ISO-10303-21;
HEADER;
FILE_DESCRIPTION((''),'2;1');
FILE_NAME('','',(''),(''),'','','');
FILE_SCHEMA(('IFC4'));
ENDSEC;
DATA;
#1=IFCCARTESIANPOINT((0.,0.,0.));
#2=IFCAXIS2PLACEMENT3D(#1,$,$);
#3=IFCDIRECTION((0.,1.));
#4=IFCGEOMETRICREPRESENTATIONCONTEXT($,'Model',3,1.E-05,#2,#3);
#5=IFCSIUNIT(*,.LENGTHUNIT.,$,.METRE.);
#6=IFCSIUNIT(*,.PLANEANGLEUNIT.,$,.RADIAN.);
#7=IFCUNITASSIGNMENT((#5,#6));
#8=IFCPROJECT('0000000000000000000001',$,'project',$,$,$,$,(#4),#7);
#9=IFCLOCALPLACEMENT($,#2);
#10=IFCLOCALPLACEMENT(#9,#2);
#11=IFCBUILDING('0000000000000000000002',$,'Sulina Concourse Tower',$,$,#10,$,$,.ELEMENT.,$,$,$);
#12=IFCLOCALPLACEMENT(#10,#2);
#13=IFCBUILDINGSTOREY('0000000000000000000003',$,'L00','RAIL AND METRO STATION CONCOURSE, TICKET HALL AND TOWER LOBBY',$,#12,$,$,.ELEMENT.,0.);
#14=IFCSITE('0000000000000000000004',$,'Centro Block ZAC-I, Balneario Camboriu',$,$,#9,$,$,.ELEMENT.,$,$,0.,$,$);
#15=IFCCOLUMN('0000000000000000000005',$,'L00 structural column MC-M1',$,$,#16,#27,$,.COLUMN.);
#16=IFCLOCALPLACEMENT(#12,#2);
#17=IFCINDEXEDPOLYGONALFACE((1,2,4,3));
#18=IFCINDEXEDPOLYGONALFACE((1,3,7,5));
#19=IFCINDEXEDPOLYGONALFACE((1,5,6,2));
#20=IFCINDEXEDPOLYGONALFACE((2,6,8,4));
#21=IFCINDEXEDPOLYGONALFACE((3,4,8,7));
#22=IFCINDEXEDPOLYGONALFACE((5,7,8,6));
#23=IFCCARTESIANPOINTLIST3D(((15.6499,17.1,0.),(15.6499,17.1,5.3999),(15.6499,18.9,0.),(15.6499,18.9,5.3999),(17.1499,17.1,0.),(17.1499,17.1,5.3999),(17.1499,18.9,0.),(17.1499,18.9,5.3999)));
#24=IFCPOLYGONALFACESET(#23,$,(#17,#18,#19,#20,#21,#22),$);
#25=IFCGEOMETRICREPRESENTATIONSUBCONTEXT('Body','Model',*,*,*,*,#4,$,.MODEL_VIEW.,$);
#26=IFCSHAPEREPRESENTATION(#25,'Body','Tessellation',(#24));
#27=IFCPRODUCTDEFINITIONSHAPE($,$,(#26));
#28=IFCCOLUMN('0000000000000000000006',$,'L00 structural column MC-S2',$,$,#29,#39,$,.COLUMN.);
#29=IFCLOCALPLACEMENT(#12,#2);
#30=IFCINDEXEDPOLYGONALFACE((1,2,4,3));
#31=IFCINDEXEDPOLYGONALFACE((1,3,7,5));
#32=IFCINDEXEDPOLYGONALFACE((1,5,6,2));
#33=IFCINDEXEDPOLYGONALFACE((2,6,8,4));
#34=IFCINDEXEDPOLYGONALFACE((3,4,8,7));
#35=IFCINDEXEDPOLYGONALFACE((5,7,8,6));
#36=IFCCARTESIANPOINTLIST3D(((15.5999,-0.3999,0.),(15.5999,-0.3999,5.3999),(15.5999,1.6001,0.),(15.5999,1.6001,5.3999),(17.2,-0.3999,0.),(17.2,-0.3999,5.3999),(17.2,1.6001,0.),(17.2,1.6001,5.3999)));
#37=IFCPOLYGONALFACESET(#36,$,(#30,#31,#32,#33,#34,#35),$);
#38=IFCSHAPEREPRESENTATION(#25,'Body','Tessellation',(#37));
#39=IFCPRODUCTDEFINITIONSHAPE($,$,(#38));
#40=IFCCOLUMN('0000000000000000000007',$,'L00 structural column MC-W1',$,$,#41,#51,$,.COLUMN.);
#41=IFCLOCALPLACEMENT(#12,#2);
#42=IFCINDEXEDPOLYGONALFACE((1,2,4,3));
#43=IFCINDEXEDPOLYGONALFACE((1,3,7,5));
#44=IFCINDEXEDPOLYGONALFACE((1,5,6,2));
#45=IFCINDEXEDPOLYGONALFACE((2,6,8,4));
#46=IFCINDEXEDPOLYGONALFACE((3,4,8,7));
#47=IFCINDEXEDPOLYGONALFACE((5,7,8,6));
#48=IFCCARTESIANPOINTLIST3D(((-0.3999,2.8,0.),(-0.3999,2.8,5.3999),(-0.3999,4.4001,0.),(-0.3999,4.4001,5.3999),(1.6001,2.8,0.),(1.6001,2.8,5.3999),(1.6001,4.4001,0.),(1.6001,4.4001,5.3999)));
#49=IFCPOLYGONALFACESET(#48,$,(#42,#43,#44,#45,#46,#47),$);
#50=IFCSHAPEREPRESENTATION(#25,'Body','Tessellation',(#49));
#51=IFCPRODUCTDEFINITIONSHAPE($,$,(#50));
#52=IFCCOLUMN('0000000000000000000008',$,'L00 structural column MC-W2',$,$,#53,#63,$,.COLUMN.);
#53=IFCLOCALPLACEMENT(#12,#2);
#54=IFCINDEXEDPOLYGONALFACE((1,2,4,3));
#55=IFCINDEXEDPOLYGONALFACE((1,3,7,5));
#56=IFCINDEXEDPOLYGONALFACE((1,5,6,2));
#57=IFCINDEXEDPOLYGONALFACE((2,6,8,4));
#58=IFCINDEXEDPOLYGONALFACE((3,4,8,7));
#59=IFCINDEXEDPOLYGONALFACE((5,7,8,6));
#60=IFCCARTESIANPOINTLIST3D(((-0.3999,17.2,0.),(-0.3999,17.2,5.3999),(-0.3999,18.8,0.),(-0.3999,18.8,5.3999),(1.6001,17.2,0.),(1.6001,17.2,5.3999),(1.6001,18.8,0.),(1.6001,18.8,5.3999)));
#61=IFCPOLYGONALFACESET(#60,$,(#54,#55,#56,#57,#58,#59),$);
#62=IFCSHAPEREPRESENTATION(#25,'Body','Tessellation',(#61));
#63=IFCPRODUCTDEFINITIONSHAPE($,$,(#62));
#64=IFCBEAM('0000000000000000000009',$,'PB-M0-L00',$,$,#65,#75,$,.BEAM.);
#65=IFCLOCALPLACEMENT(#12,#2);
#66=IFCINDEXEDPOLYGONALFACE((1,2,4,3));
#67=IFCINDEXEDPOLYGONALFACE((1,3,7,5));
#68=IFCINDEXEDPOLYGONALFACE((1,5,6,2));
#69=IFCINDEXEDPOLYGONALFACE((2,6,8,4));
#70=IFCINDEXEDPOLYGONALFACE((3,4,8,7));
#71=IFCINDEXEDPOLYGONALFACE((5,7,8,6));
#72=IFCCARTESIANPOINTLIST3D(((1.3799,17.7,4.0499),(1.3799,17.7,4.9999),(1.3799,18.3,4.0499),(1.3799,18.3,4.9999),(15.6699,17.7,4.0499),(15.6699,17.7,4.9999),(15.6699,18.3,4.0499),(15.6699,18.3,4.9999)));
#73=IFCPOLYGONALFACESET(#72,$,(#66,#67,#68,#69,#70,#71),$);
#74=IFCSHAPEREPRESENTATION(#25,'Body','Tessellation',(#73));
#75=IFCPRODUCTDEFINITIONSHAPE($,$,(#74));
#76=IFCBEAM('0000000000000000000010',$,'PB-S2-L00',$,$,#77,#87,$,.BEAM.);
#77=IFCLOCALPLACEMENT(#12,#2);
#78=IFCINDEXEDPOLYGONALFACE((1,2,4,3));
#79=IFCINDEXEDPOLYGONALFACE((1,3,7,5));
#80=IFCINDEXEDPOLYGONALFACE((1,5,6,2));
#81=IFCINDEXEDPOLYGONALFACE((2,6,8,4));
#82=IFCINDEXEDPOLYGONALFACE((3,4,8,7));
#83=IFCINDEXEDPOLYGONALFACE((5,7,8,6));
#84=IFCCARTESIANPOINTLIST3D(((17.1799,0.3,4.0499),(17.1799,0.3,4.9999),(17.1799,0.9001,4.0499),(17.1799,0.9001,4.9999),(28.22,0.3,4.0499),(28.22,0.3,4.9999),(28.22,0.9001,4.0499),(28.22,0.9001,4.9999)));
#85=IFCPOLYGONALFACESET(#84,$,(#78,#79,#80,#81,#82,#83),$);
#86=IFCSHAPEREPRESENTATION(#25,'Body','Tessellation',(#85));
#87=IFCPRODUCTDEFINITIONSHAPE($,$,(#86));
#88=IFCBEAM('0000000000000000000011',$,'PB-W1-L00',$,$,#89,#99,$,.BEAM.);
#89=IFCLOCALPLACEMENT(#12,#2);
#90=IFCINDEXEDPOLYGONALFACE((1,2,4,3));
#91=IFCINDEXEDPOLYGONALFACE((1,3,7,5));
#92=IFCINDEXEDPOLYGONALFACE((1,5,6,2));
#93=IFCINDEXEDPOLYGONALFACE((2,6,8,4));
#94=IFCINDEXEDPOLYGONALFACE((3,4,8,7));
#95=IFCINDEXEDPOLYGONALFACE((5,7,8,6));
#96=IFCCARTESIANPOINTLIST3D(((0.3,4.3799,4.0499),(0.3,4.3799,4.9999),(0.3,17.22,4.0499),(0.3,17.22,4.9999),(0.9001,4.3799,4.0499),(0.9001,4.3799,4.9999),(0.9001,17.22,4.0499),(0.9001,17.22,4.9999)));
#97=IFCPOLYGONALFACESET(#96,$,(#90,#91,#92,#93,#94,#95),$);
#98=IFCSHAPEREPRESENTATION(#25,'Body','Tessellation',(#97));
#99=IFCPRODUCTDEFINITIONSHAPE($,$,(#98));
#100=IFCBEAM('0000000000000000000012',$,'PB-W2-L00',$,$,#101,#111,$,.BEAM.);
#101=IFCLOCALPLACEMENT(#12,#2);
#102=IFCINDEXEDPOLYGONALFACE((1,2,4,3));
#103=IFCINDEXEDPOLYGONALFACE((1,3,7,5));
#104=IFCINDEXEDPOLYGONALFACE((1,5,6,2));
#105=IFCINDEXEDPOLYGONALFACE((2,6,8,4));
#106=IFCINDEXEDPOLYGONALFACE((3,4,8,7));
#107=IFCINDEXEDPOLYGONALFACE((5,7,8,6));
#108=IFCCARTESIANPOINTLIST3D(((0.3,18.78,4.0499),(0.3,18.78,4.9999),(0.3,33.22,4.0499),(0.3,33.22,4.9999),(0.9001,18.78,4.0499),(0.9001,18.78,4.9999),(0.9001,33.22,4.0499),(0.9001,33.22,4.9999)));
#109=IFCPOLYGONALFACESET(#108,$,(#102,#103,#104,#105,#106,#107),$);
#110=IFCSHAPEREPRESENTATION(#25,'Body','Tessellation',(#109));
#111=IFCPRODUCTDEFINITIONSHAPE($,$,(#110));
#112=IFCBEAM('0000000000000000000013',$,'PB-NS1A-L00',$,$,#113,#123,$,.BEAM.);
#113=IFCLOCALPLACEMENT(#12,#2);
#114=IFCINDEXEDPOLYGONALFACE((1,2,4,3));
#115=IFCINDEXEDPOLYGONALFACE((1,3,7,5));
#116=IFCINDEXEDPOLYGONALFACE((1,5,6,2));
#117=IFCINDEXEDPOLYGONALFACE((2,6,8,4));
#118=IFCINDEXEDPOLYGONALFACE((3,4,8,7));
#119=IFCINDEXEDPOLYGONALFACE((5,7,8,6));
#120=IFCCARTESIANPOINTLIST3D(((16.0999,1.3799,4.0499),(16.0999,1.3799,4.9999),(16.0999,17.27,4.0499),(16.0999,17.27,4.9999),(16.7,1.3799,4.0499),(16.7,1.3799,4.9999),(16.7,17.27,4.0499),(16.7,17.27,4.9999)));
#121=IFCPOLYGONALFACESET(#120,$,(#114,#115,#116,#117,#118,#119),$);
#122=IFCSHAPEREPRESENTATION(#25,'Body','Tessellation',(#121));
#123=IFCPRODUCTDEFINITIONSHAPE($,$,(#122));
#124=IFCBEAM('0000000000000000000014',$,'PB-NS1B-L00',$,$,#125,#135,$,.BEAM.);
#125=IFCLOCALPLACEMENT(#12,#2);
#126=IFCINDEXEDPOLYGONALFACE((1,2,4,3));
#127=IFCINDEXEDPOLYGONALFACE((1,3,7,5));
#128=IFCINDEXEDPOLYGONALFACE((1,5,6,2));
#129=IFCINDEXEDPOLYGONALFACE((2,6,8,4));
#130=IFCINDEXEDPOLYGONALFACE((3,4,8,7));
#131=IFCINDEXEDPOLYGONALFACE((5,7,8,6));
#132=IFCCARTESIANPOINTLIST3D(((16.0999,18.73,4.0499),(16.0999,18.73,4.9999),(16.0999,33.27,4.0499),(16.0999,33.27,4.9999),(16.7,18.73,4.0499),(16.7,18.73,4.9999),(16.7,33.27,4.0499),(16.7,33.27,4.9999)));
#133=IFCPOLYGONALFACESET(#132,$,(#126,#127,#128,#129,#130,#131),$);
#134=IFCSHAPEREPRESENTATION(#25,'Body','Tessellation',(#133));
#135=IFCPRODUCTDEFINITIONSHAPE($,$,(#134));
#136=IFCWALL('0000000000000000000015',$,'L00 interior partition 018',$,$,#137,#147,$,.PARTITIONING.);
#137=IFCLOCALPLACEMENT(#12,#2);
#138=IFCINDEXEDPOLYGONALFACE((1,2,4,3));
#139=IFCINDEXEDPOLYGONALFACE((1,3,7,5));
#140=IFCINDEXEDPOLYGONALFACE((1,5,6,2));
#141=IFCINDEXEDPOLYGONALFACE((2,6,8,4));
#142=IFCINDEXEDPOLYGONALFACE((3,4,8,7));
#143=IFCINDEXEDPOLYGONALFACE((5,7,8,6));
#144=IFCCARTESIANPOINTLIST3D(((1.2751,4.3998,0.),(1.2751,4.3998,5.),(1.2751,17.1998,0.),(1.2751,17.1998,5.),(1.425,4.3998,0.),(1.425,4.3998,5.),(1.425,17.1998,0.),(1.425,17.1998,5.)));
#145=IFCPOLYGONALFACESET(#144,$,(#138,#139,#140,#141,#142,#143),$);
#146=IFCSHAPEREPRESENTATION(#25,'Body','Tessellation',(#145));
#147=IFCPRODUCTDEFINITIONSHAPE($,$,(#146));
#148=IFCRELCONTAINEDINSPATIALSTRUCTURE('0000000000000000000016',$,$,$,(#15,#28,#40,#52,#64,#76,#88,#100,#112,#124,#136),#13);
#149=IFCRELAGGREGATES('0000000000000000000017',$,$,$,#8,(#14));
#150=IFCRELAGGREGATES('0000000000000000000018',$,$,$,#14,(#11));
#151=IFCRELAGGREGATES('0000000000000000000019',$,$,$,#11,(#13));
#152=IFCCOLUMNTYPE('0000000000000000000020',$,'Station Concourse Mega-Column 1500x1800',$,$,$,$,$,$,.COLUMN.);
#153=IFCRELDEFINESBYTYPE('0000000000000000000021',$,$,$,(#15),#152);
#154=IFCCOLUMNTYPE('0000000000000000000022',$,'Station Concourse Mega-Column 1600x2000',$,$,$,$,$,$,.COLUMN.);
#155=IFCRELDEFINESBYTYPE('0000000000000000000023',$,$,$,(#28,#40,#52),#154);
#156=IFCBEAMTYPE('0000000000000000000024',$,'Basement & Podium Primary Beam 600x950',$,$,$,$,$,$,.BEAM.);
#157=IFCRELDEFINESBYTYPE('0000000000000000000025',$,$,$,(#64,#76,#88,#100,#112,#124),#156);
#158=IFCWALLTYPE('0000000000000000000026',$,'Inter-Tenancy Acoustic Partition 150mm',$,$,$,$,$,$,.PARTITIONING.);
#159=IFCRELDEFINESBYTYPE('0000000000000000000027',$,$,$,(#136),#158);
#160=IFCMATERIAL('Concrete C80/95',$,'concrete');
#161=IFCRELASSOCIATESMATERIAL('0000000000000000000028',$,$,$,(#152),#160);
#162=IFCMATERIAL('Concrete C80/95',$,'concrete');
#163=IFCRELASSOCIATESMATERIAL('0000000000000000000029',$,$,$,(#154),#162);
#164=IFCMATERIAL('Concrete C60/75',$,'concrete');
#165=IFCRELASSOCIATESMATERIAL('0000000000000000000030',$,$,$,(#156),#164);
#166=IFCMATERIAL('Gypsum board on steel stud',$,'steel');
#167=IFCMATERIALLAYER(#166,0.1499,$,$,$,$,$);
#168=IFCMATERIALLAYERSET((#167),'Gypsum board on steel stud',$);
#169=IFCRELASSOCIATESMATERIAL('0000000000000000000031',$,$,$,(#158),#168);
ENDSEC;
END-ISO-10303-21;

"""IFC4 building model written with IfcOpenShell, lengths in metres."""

from ifc_helpers import new_model, si_unit, direction, frame, frame_2d, origin, origin_2d, place, context, subcontext, project, spatial, rectangle, extrude, material, layer, layer_set, material_profile, profile_set, type_object, element, save


model = new_model("IFC4")

# Units and contexts
model_context = context("Model", 3, precision=1e-05, world=origin(), true_north=direction((0.0, 1.0)))
body_context = subcontext(model_context, "Body", "Model", "MODEL_VIEW")
ifc_project = project(units=[si_unit("LENGTHUNIT", "METRE"), si_unit("PLANEANGLEUNIT", "RADIAN")], contexts=[model_context])

# Site, building, storey
site_placement = place(None, origin())
site = spatial("IfcSite", under=ifc_project, at=site_placement, Name="Centro Block ZAC-I, Balneario Camboriu", CompositionType="ELEMENT", RefElevation=0.0)
building_placement = place(site_placement, origin())
building = spatial("IfcBuilding", under=site, at=building_placement, Name="Sulina Concourse Tower", CompositionType="ELEMENT")
storey_placement = place(building_placement, origin())
storey = spatial("IfcBuildingStorey", under=building, at=storey_placement, Name="L00", Description="RAIL AND METRO STATION CONCOURSE, TICKET HALL AND TOWER LOBBY", CompositionType="ELEMENT", Elevation=0.0)

# Columns
ifc_material_1 = material(Name="Concrete C80/95", Category="concrete")
ifc_material_profile_1 = material_profile(ifc_material_1, rectangle(XDim=1.5, YDim=1.8, at=origin_2d()), Name="RC 1500x1800")
ifc_profile_set_1 = profile_set([ifc_material_profile_1], Name="Concrete C80/95")
column_type_1 = type_object("IfcColumnType", Name="Station Concourse Mega-Column 1500x1800", PredefinedType="COLUMN", material=ifc_profile_set_1)
column_placement = place(storey_placement, frame((16.3999, 18.0, 0.0), z_axis=(0.0, 0.0, 1.0), x_axis=(1.0, 0.0, 0.0)))
element("IfcColumn", 1, at=column_placement, inside=storey, type_object=column_type_1, Name="L00 structural column MC-M1", PredefinedType="COLUMN", context=body_context, shape_type="SweptSolid", body=[
    extrude(rectangle(XDim=1.5, YDim=1.8, at=origin_2d()), origin(), (0.0, 0.0, 1.0), 5.3999),
])
ifc_material_2 = material(Name="Concrete C80/95", Category="concrete")
ifc_material_profile_2 = material_profile(ifc_material_2, rectangle(XDim=1.6001, YDim=2.0, at=origin_2d()), Name="RC 1600x2000")
ifc_profile_set_2 = profile_set([ifc_material_profile_2], Name="Concrete C80/95")
column_type_2 = type_object("IfcColumnType", Name="Station Concourse Mega-Column 1600x2000", PredefinedType="COLUMN", material=ifc_profile_set_2)
for number, where, z_axis, x_axis, name in (
    (2, (16.3999, 0.6001, 0.0), (0.0, 0.0, 1.0), (1.0, 0.0, 0.0), "L00 structural column MC-S2"),
    (3, (0.6001, 3.6001, 0.0), (0.0, 0.0, 1.0), (0.0, 1.0, 0.0), "L00 structural column MC-W1"),
    (4, (0.6001, 18.0, 0.0), (0.0, 0.0, 1.0), (0.0, 1.0, 0.0), "L00 structural column MC-W2"),
):
    element("IfcColumn", number, at=place(storey_placement, frame(where, z_axis=z_axis, x_axis=x_axis)), inside=storey, type_object=column_type_2, Name=name, PredefinedType="COLUMN", context=body_context, shape_type="SweptSolid", body=[
        extrude(rectangle(XDim=1.6001, YDim=2.0, at=origin_2d()), origin(), (0.0, 0.0, 1.0), 5.3999),
    ])

# Beams
ifc_material_3 = material(Name="Concrete C60/75", Category="concrete")
ifc_material_profile_3 = material_profile(ifc_material_3, rectangle(XDim=0.6001, YDim=0.95, at=origin_2d()), Name="RC 600x950")
ifc_profile_set_3 = profile_set([ifc_material_profile_3], Name="Concrete C60/75")
beam_type = type_object("IfcBeamType", Name="Basement & Podium Primary Beam 600x950", PredefinedType="BEAM", material=ifc_profile_set_3)
beam_1_placement = place(storey_placement, frame((1.3799, 18.0, 4.5249), z_axis=(1.0, 0.0, 0.0), x_axis=(0.0, 1.0, 0.0)))
element("IfcBeam", 5, at=beam_1_placement, inside=storey, type_object=beam_type, Name="PB-M0-L00", PredefinedType="BEAM", context=body_context, shape_type="SweptSolid", body=[
    extrude(rectangle(XDim=0.6001, YDim=0.95, at=origin_2d()), origin(), (0.0, 0.0, 1.0), 14.29),
])
beam_2_placement = place(storey_placement, frame((17.1799, 0.6001, 4.5249), z_axis=(1.0, 0.0, 0.0), x_axis=(0.0, 1.0, 0.0)))
element("IfcBeam", 6, at=beam_2_placement, inside=storey, type_object=beam_type, Name="PB-S2-L00", PredefinedType="BEAM", context=body_context, shape_type="SweptSolid", body=[
    extrude(rectangle(XDim=0.6001, YDim=0.95, at=origin_2d()), origin(), (0.0, 0.0, 1.0), 11.04),
])
beam_3_placement = place(storey_placement, frame((0.6001, 4.3799, 4.5249), z_axis=(0.0, 1.0, 0.0), x_axis=(-1.0, 0.0, 0.0)))
element("IfcBeam", 7, at=beam_3_placement, inside=storey, type_object=beam_type, Name="PB-W1-L00", PredefinedType="BEAM", context=body_context, shape_type="SweptSolid", body=[
    extrude(rectangle(XDim=0.6001, YDim=0.95, at=origin_2d()), origin(), (0.0, 0.0, 1.0), 12.8401),
])
beam_4_placement = place(storey_placement, frame((0.6001, 18.78, 4.5249), z_axis=(0.0, 1.0, 0.0), x_axis=(-1.0, 0.0, 0.0)))
element("IfcBeam", 8, at=beam_4_placement, inside=storey, type_object=beam_type, Name="PB-W2-L00", PredefinedType="BEAM", context=body_context, shape_type="SweptSolid", body=[
    extrude(rectangle(XDim=0.6001, YDim=0.95, at=origin_2d()), origin(), (0.0, 0.0, 1.0), 14.4399),
])
beam_5_placement = place(storey_placement, frame((16.3999, 1.3799, 4.5249), z_axis=(0.0, 1.0, 0.0), x_axis=(-1.0, 0.0, 0.0)))
element("IfcBeam", 9, at=beam_5_placement, inside=storey, type_object=beam_type, Name="PB-NS1A-L00", PredefinedType="BEAM", context=body_context, shape_type="SweptSolid", body=[
    extrude(rectangle(XDim=0.6001, YDim=0.95, at=origin_2d()), origin(), (0.0, 0.0, 1.0), 15.8901),
])
beam_6_placement = place(storey_placement, frame((16.3999, 18.73, 4.5249), z_axis=(0.0, 1.0, 0.0), x_axis=(-1.0, 0.0, 0.0)))
element("IfcBeam", 10, at=beam_6_placement, inside=storey, type_object=beam_type, Name="PB-NS1B-L00", PredefinedType="BEAM", context=body_context, shape_type="SweptSolid", body=[
    extrude(rectangle(XDim=0.6001, YDim=0.95, at=origin_2d()), origin(), (0.0, 0.0, 1.0), 14.54),
])

# Wall
ifc_material_4 = material(Name="Gypsum board on steel stud", Category="steel")
ifc_layer_1 = layer(ifc_material_4, 0.1499)
ifc_layer_set_1 = layer_set([ifc_layer_1], Name="Gypsum board on steel stud")
wall_type_1 = type_object("IfcWallType", Name="Inter-Tenancy Acoustic Partition 150mm", PredefinedType="PARTITIONING", material=ifc_layer_set_1)
wall_1_placement = place(storey_placement, frame((1.3501, 4.3999, 0.0), z_axis=(0.0, 0.0, 1.0), x_axis=(0.0, 1.0, 0.0)))
element("IfcWall", 11, at=wall_1_placement, inside=storey, type_object=wall_type_1, Name="L00 interior partition 018", PredefinedType="PARTITIONING", context=body_context, shape_type="SweptSolid", body=[
    extrude(rectangle(XDim=12.8, YDim=0.1499, at=frame_2d((6.3999, 0.0))), origin(), (0.0, 0.0, 1.0), 5.0),
])

save(model, "model.ifc")
